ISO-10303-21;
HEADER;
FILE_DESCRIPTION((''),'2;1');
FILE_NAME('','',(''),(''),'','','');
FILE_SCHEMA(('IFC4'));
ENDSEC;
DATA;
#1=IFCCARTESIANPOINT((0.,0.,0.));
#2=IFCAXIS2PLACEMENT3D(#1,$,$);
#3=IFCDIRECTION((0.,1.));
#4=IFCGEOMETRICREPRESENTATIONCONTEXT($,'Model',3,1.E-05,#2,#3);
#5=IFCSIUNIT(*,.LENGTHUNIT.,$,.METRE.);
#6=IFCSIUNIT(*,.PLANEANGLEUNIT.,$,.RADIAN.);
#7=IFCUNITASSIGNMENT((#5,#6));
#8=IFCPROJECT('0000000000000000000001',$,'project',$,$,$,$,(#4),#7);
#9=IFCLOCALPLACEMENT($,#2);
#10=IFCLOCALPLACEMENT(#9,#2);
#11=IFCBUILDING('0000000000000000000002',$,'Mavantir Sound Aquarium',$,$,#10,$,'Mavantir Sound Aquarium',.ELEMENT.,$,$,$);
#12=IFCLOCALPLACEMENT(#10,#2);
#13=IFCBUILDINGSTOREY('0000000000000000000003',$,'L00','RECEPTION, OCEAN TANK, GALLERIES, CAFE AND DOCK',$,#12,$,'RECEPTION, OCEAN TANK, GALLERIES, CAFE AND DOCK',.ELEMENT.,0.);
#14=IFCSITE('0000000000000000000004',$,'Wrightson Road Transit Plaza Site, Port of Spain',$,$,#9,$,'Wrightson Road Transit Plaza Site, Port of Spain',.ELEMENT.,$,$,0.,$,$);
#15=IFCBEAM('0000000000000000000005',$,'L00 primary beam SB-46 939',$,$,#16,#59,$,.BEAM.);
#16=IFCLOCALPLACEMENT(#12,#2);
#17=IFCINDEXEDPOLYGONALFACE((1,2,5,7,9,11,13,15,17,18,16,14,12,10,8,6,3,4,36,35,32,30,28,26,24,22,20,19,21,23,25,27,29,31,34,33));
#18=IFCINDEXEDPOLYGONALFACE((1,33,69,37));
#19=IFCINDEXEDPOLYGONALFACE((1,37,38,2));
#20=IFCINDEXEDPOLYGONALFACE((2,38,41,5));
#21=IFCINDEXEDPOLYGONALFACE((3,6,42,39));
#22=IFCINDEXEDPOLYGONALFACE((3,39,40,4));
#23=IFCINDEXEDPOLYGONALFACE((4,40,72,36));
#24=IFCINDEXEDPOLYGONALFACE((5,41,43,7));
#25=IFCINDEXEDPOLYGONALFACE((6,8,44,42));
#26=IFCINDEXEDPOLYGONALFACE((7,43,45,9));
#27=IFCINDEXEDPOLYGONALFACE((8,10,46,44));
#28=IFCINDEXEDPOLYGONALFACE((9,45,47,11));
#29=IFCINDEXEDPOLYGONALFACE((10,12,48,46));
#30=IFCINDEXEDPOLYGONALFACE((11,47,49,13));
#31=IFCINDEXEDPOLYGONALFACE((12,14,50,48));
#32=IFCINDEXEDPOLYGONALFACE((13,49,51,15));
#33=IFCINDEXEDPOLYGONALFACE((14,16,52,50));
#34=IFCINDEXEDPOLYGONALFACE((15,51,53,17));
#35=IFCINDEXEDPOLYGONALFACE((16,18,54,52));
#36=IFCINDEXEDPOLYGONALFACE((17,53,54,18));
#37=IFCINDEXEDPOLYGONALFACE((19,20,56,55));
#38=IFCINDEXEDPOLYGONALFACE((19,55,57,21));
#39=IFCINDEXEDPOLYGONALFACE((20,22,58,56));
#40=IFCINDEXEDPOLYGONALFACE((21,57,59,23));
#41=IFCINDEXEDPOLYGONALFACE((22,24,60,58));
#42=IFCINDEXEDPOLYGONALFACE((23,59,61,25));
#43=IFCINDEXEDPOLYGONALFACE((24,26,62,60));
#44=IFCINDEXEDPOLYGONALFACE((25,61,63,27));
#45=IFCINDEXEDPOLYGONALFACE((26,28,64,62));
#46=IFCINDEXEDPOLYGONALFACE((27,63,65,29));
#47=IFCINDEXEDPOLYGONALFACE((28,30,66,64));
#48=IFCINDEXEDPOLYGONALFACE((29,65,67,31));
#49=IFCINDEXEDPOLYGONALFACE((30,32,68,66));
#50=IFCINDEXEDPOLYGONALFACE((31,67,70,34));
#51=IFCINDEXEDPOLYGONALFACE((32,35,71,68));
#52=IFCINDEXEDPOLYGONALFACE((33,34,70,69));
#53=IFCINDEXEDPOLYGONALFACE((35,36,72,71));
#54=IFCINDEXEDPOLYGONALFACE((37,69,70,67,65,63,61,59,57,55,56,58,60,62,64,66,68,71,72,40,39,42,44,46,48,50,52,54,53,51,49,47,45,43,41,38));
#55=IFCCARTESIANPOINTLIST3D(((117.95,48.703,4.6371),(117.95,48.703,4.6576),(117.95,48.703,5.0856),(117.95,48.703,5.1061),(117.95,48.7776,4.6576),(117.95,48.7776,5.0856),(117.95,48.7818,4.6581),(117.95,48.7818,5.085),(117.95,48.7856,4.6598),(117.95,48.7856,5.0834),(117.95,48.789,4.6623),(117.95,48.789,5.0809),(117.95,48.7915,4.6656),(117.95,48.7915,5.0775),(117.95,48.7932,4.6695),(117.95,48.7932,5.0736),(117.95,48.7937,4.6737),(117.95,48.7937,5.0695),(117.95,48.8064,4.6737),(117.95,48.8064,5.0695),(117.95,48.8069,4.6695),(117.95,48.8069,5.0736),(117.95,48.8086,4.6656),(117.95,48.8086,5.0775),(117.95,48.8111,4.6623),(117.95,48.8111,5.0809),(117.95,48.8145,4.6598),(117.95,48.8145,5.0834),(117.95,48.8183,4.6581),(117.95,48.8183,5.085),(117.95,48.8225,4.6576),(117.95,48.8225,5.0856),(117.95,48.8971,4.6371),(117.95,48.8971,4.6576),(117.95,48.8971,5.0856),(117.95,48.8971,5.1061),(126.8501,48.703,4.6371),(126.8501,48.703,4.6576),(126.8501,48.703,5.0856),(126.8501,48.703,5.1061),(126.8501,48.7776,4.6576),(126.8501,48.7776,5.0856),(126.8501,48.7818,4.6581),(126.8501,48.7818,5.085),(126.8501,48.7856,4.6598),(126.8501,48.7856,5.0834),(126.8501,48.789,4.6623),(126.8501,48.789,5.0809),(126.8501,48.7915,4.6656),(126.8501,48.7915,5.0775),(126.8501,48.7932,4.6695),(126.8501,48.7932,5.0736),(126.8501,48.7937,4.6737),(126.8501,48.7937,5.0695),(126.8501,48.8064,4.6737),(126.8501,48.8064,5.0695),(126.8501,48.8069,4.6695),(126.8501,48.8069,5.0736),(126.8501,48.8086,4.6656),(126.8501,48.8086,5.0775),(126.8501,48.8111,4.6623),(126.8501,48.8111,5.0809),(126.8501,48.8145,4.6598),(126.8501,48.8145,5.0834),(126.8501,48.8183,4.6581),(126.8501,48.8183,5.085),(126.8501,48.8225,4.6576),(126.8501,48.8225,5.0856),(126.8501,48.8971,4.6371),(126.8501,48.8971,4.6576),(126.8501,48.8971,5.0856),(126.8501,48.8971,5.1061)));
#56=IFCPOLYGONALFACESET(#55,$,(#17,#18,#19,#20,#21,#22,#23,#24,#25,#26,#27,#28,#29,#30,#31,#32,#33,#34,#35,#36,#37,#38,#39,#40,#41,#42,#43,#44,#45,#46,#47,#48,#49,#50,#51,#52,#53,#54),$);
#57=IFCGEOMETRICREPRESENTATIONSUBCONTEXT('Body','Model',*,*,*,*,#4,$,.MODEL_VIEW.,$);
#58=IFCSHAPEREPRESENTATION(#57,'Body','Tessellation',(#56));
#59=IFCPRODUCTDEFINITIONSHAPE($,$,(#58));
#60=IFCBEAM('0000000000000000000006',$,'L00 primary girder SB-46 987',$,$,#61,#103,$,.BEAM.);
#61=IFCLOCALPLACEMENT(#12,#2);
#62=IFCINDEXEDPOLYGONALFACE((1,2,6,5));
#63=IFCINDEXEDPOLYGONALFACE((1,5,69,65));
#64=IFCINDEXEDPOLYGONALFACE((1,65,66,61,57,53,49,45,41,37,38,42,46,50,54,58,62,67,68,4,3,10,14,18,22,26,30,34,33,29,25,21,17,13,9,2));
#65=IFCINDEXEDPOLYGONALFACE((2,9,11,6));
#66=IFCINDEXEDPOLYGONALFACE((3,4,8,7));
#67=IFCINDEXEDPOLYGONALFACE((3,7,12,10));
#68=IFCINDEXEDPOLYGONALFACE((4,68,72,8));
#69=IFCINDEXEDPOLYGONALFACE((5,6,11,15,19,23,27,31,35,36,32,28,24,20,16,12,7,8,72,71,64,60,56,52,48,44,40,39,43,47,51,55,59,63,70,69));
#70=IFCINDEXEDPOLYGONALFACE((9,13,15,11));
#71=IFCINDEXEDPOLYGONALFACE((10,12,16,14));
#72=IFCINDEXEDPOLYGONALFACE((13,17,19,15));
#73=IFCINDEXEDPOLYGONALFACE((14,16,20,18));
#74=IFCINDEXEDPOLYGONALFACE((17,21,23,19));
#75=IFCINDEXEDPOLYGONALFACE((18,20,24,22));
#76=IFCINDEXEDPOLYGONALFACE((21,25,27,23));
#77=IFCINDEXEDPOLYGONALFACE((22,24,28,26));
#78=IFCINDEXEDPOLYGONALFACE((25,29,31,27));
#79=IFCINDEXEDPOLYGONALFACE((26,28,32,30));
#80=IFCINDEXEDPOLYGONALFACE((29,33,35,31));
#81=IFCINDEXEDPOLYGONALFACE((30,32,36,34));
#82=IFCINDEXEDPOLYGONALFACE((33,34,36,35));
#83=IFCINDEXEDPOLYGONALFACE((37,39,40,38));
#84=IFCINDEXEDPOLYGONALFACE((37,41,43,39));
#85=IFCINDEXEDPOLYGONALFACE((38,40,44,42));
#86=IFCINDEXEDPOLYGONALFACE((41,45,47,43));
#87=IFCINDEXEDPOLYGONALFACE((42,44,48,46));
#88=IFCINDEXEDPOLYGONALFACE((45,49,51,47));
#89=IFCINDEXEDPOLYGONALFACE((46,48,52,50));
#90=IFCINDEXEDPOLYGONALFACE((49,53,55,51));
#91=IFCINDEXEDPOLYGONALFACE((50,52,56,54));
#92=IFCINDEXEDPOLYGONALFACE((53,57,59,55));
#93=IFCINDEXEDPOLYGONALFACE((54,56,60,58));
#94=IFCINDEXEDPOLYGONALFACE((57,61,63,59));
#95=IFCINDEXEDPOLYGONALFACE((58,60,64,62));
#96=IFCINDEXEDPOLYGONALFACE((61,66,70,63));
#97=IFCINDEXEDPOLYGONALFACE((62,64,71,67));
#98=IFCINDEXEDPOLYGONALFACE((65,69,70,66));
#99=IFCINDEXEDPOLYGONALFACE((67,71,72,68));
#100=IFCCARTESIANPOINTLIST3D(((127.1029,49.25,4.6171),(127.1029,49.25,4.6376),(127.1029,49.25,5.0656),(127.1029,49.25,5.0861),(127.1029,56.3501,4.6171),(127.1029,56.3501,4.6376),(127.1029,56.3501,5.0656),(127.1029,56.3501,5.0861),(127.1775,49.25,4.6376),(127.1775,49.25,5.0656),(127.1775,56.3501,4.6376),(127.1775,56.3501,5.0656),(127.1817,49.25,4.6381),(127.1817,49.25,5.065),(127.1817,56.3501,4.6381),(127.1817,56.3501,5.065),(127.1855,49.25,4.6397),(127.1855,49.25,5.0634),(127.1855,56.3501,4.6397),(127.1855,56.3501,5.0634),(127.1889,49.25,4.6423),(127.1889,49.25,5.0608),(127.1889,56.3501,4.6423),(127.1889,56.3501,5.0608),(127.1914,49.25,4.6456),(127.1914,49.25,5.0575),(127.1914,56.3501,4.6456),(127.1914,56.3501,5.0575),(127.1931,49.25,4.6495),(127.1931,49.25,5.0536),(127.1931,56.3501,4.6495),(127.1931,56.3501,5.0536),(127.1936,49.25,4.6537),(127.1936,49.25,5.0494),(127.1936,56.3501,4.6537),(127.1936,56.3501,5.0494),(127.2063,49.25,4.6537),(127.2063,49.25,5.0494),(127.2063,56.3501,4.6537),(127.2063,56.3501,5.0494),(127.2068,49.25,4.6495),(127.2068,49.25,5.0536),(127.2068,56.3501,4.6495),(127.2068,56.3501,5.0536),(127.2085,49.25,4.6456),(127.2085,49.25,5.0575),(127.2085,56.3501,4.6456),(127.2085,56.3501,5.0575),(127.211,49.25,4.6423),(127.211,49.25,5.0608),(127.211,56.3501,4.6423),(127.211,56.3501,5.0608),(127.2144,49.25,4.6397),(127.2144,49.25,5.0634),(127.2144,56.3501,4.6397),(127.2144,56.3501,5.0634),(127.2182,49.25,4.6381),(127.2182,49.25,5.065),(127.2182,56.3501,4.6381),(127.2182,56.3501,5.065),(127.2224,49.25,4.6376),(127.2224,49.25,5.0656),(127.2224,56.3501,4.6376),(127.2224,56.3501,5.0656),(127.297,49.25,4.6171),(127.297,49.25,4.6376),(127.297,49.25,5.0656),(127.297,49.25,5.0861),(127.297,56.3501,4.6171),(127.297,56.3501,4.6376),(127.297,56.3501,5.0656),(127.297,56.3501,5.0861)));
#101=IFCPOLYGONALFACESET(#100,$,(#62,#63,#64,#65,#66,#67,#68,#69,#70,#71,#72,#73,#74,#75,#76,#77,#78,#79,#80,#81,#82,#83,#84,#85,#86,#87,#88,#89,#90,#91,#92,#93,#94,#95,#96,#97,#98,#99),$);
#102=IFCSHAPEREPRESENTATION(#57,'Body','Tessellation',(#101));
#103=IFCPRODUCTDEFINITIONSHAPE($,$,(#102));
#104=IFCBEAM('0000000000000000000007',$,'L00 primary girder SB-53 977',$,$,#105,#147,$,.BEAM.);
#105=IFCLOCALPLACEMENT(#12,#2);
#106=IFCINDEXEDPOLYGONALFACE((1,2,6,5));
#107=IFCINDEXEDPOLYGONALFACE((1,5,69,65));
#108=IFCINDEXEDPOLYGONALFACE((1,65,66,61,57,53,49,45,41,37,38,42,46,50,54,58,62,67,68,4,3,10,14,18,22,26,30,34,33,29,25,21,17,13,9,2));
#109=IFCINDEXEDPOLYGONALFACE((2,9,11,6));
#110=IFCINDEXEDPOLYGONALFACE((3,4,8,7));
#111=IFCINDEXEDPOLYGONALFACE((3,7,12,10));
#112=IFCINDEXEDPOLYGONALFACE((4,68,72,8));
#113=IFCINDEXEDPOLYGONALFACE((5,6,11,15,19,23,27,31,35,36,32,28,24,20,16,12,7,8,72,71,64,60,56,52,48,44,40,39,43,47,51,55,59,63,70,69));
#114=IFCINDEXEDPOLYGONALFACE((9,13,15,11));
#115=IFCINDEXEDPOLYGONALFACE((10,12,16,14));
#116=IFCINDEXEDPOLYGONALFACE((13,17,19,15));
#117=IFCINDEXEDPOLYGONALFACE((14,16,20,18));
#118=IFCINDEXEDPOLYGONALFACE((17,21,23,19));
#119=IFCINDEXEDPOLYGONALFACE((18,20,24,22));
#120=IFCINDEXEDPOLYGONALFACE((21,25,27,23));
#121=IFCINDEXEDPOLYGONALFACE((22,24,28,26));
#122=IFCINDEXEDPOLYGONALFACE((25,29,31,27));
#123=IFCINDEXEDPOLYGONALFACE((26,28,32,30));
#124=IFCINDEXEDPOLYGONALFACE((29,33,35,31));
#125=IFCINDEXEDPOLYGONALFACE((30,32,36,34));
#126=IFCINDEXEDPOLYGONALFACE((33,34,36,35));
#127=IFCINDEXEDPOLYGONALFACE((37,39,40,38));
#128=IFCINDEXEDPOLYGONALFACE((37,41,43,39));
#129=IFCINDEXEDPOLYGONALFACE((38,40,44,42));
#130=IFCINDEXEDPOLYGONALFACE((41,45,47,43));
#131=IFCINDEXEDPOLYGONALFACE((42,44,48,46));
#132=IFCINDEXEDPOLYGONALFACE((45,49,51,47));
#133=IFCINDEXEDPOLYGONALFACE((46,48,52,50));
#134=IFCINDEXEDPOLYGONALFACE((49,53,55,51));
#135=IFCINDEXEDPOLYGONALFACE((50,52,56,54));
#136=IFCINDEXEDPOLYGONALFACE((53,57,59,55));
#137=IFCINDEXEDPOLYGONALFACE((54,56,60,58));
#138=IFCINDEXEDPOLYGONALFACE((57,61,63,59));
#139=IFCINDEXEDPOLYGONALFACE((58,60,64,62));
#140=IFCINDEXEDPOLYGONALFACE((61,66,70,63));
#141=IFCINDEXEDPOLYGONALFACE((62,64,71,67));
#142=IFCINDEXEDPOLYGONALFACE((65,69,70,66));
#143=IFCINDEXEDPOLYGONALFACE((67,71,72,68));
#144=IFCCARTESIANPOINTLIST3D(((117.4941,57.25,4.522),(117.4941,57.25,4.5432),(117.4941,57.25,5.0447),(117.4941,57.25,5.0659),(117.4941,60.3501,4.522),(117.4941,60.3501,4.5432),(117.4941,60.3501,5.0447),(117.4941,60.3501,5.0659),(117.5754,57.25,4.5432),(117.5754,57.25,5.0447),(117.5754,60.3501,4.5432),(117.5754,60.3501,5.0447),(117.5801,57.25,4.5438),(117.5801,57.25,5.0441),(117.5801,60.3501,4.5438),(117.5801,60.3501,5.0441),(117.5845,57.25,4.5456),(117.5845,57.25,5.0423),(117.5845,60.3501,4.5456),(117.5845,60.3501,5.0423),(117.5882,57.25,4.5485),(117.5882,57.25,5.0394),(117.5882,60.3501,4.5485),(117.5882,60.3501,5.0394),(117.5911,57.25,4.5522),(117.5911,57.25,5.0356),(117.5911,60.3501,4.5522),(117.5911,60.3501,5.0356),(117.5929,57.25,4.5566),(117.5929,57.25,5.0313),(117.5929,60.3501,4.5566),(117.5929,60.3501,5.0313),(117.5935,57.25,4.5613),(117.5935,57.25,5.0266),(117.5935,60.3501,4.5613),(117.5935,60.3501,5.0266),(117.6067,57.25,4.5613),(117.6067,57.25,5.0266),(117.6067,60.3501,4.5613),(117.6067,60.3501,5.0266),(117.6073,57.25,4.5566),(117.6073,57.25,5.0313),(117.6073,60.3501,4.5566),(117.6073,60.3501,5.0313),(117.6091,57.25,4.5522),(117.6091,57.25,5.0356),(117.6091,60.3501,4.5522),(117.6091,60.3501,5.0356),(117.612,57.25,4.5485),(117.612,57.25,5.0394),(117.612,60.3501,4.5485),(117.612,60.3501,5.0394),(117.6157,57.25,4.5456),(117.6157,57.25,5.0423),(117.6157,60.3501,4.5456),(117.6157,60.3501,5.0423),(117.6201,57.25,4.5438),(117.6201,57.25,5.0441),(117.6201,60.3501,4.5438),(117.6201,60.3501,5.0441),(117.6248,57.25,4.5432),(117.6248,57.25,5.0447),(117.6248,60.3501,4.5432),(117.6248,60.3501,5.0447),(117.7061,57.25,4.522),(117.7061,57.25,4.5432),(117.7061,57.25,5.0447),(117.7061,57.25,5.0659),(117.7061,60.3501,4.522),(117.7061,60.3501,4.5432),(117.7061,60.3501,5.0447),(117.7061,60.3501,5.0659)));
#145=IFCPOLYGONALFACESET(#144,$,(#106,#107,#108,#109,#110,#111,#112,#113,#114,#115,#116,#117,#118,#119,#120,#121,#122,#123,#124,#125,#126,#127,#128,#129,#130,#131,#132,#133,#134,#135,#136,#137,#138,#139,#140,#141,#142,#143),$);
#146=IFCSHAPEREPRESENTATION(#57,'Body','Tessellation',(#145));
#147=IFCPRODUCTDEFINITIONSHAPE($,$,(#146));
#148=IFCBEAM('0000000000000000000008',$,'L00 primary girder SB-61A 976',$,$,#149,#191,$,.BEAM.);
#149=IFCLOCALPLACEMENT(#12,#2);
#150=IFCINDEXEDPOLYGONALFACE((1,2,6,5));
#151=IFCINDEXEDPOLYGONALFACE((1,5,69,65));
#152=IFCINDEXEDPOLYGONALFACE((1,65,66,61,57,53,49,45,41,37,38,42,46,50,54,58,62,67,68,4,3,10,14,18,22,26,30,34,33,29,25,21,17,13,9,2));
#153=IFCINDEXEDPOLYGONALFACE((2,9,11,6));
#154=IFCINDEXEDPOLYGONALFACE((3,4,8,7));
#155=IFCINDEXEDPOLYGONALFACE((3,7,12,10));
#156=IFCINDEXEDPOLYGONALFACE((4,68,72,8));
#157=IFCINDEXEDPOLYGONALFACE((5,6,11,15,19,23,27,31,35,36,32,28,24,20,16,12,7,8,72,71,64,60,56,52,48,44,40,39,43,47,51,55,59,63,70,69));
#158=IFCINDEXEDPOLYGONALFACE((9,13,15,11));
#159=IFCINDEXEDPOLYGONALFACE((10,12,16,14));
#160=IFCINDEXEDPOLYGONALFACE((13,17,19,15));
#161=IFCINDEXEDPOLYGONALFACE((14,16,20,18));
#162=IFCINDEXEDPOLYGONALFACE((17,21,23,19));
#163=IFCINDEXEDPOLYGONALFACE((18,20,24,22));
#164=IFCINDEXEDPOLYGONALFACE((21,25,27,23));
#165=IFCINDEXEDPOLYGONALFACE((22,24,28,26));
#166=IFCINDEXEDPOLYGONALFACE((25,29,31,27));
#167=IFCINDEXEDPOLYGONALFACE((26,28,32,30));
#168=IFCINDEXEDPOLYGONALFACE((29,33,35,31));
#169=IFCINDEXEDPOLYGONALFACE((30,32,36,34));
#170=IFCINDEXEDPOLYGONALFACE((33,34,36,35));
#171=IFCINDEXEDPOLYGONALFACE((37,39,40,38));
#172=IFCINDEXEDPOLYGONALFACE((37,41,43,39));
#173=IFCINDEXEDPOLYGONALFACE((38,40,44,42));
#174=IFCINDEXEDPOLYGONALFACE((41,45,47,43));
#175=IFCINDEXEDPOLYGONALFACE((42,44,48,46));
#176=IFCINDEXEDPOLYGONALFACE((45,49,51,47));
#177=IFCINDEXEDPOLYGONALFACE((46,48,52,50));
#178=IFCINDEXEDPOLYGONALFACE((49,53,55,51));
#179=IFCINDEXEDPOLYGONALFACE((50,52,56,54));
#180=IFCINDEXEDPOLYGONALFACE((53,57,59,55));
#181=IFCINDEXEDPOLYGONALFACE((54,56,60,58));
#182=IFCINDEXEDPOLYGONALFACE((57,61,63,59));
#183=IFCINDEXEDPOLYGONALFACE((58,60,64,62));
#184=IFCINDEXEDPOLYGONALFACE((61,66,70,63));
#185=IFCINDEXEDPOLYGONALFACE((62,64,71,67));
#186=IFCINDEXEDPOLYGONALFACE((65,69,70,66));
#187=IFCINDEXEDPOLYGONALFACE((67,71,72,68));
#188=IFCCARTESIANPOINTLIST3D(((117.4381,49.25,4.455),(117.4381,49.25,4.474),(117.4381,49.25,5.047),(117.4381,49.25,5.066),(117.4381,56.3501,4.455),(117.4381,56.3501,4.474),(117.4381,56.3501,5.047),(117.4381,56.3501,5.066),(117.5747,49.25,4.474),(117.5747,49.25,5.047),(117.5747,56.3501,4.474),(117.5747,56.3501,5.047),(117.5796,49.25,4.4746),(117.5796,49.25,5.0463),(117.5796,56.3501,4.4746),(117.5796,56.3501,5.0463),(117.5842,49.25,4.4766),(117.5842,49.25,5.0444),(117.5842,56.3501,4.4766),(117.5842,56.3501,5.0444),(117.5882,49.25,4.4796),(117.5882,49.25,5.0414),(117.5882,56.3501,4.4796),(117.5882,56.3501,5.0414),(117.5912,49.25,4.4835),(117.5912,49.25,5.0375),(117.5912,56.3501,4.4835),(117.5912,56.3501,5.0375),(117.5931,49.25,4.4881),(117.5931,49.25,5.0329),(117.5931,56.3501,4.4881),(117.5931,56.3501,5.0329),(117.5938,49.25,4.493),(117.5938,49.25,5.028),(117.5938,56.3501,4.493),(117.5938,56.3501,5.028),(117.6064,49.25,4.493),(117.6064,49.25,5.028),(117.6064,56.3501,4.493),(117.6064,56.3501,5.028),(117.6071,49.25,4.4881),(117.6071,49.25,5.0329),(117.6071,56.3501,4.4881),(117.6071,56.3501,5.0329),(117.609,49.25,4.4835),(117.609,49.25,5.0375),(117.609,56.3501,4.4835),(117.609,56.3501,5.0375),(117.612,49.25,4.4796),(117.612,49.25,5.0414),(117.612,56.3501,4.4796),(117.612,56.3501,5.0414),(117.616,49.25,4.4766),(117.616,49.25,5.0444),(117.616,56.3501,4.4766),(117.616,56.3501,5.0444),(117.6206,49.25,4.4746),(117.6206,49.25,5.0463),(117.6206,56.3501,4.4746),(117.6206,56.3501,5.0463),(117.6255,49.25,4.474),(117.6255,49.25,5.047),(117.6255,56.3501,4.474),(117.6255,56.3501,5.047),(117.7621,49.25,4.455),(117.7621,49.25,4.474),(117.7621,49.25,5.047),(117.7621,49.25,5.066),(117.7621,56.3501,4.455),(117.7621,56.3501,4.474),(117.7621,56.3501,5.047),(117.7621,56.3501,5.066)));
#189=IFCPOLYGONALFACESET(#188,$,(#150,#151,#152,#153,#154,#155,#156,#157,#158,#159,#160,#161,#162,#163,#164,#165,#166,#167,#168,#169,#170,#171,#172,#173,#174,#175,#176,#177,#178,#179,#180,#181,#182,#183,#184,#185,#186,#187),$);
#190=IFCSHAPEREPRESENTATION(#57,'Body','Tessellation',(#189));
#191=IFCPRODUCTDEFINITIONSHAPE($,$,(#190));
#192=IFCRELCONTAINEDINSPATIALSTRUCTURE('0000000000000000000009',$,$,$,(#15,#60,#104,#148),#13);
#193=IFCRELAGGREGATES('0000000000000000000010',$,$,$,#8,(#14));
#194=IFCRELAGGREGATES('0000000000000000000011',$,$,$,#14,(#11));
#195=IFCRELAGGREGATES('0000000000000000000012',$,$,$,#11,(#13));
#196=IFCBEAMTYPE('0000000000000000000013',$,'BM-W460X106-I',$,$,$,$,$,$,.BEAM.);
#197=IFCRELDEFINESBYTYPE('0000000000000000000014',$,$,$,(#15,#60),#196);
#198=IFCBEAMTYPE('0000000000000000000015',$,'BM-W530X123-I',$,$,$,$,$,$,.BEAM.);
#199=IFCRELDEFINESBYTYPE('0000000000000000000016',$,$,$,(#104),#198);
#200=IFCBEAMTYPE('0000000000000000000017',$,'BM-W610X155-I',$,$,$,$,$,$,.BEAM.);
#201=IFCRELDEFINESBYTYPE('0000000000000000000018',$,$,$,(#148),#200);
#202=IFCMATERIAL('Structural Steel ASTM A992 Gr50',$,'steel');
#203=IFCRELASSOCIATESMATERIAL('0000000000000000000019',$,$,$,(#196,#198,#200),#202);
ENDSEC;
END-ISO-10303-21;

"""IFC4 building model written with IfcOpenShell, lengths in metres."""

from ifc_helpers import new_model, si_unit, direction, frame, origin, origin_2d, place, context, subcontext, project, spatial, i_section, extrude, material, material_profile, profile_set, type_object, element, save


model = new_model("IFC4")

# Units and contexts
model_context = context("Model", 3, precision=1e-05, world=origin(), true_north=direction((0.0, 1.0)))
body_context = subcontext(model_context, "Body", "Model", "MODEL_VIEW")
ifc_project = project(units=[si_unit("LENGTHUNIT", "METRE"), si_unit("PLANEANGLEUNIT", "RADIAN")], contexts=[model_context])

# Site, building, storey
site_placement = place(None, origin())
site = spatial("IfcSite", under=ifc_project, at=site_placement, Name="Wrightson Road Transit Plaza Site, Port of Spain", LongName="Wrightson Road Transit Plaza Site, Port of Spain", CompositionType="ELEMENT", RefElevation=0.0)
building_placement = place(site_placement, origin())
building = spatial("IfcBuilding", under=site, at=building_placement, Name="Mavantir Sound Aquarium", LongName="Mavantir Sound Aquarium", CompositionType="ELEMENT")
storey_placement = place(building_placement, origin())
storey = spatial("IfcBuildingStorey", under=building, at=storey_placement, Name="L00", Description="RECEPTION, OCEAN TANK, GALLERIES, CAFE AND DOCK", LongName="RECEPTION, OCEAN TANK, GALLERIES, CAFE AND DOCK", CompositionType="ELEMENT", Elevation=0.0)

# Beams
ifc_material_1 = material(Name="Structural Steel ASTM A992 Gr50", Category="steel")
ifc_material_profile_1 = material_profile(ifc_material_1, i_section(OverallWidth=0.1941, OverallDepth=0.469, WebThickness=0.0127, FlangeThickness=0.0205, FilletRadius=0.0161, at=origin_2d()), Name="W460X106")
ifc_profile_set_1 = profile_set([ifc_material_profile_1], Name="Structural Steel ASTM A992 Gr50")
beam_type_1 = type_object("IfcBeamType", Name="BM-W460X106-I", PredefinedType="BEAM", material=ifc_profile_set_1)
beam_1_placement = place(storey_placement, frame((117.95, 48.8, 4.8716), z_axis=(1.0, 0.0, 0.0), x_axis=(0.0, 1.0, 0.0)))
element("IfcBeam", 1, at=beam_1_placement, inside=storey, type_object=beam_type_1, Name="L00 primary beam SB-46 939", PredefinedType="BEAM", context=body_context, shape_type="SweptSolid", body=[
    extrude(i_section(OverallWidth=0.1941, OverallDepth=0.469, WebThickness=0.0127, FlangeThickness=0.0205, FilletRadius=0.0161, at=origin_2d()), origin(), (0.0, 0.0, 1.0), 8.9001),
])
beam_2_placement = place(storey_placement, frame((127.2, 49.25, 4.8516), z_axis=(0.0, 1.0, 0.0), x_axis=(-1.0, 0.0, 0.0)))
element("IfcBeam", 2, at=beam_2_placement, inside=storey, type_object=beam_type_1, Name="L00 primary girder SB-46 987", PredefinedType="BEAM", context=body_context, shape_type="SweptSolid", body=[
    extrude(i_section(OverallWidth=0.1941, OverallDepth=0.469, WebThickness=0.0127, FlangeThickness=0.0205, FilletRadius=0.0161, at=origin_2d()), origin(), (0.0, 0.0, 1.0), 7.1001),
])
ifc_material_profile_2 = material_profile(ifc_material_1, i_section(OverallWidth=0.2119, OverallDepth=0.5439, WebThickness=0.0132, FlangeThickness=0.0212, FilletRadius=0.0181, at=origin_2d()), Name="W530X123")
ifc_profile_set_2 = profile_set([ifc_material_profile_2], Name="Structural Steel ASTM A992 Gr50")
beam_type_2 = type_object("IfcBeamType", Name="BM-W530X123-I", PredefinedType="BEAM", material=ifc_profile_set_2)
beam_3_placement = place(storey_placement, frame((117.6001, 57.25, 4.7939), z_axis=(0.0, 1.0, 0.0), x_axis=(-1.0, 0.0, 0.0)))
element("IfcBeam", 3, at=beam_3_placement, inside=storey, type_object=beam_type_2, Name="L00 primary girder SB-53 977", PredefinedType="BEAM", context=body_context, shape_type="SweptSolid", body=[
    extrude(i_section(OverallWidth=0.2119, OverallDepth=0.5439, WebThickness=0.0132, FlangeThickness=0.0212, FilletRadius=0.0181, at=origin_2d()), origin(), (0.0, 0.0, 1.0), 3.1001),
])
ifc_material_profile_3 = material_profile(ifc_material_1, i_section(OverallWidth=0.324, OverallDepth=0.6111, WebThickness=0.0127, FlangeThickness=0.019, FilletRadius=0.019, at=origin_2d()), Name="W610X155")
ifc_profile_set_3 = profile_set([ifc_material_profile_3], Name="Structural Steel ASTM A992 Gr50")
beam_type_3 = type_object("IfcBeamType", Name="BM-W610X155-I", PredefinedType="BEAM", material=ifc_profile_set_3)
beam_4_placement = place(storey_placement, frame((117.6001, 49.25, 4.7605), z_axis=(0.0, 1.0, 0.0), x_axis=(-1.0, 0.0, 0.0)))
element("IfcBeam", 4, at=beam_4_placement, inside=storey, type_object=beam_type_3, Name="L00 primary girder SB-61A 976", PredefinedType="BEAM", context=body_context, shape_type="SweptSolid", body=[
    extrude(i_section(OverallWidth=0.324, OverallDepth=0.6111, WebThickness=0.0127, FlangeThickness=0.019, FilletRadius=0.019, at=origin_2d()), origin(), (0.0, 0.0, 1.0), 7.1001),
])

save(model, "model.ifc")
